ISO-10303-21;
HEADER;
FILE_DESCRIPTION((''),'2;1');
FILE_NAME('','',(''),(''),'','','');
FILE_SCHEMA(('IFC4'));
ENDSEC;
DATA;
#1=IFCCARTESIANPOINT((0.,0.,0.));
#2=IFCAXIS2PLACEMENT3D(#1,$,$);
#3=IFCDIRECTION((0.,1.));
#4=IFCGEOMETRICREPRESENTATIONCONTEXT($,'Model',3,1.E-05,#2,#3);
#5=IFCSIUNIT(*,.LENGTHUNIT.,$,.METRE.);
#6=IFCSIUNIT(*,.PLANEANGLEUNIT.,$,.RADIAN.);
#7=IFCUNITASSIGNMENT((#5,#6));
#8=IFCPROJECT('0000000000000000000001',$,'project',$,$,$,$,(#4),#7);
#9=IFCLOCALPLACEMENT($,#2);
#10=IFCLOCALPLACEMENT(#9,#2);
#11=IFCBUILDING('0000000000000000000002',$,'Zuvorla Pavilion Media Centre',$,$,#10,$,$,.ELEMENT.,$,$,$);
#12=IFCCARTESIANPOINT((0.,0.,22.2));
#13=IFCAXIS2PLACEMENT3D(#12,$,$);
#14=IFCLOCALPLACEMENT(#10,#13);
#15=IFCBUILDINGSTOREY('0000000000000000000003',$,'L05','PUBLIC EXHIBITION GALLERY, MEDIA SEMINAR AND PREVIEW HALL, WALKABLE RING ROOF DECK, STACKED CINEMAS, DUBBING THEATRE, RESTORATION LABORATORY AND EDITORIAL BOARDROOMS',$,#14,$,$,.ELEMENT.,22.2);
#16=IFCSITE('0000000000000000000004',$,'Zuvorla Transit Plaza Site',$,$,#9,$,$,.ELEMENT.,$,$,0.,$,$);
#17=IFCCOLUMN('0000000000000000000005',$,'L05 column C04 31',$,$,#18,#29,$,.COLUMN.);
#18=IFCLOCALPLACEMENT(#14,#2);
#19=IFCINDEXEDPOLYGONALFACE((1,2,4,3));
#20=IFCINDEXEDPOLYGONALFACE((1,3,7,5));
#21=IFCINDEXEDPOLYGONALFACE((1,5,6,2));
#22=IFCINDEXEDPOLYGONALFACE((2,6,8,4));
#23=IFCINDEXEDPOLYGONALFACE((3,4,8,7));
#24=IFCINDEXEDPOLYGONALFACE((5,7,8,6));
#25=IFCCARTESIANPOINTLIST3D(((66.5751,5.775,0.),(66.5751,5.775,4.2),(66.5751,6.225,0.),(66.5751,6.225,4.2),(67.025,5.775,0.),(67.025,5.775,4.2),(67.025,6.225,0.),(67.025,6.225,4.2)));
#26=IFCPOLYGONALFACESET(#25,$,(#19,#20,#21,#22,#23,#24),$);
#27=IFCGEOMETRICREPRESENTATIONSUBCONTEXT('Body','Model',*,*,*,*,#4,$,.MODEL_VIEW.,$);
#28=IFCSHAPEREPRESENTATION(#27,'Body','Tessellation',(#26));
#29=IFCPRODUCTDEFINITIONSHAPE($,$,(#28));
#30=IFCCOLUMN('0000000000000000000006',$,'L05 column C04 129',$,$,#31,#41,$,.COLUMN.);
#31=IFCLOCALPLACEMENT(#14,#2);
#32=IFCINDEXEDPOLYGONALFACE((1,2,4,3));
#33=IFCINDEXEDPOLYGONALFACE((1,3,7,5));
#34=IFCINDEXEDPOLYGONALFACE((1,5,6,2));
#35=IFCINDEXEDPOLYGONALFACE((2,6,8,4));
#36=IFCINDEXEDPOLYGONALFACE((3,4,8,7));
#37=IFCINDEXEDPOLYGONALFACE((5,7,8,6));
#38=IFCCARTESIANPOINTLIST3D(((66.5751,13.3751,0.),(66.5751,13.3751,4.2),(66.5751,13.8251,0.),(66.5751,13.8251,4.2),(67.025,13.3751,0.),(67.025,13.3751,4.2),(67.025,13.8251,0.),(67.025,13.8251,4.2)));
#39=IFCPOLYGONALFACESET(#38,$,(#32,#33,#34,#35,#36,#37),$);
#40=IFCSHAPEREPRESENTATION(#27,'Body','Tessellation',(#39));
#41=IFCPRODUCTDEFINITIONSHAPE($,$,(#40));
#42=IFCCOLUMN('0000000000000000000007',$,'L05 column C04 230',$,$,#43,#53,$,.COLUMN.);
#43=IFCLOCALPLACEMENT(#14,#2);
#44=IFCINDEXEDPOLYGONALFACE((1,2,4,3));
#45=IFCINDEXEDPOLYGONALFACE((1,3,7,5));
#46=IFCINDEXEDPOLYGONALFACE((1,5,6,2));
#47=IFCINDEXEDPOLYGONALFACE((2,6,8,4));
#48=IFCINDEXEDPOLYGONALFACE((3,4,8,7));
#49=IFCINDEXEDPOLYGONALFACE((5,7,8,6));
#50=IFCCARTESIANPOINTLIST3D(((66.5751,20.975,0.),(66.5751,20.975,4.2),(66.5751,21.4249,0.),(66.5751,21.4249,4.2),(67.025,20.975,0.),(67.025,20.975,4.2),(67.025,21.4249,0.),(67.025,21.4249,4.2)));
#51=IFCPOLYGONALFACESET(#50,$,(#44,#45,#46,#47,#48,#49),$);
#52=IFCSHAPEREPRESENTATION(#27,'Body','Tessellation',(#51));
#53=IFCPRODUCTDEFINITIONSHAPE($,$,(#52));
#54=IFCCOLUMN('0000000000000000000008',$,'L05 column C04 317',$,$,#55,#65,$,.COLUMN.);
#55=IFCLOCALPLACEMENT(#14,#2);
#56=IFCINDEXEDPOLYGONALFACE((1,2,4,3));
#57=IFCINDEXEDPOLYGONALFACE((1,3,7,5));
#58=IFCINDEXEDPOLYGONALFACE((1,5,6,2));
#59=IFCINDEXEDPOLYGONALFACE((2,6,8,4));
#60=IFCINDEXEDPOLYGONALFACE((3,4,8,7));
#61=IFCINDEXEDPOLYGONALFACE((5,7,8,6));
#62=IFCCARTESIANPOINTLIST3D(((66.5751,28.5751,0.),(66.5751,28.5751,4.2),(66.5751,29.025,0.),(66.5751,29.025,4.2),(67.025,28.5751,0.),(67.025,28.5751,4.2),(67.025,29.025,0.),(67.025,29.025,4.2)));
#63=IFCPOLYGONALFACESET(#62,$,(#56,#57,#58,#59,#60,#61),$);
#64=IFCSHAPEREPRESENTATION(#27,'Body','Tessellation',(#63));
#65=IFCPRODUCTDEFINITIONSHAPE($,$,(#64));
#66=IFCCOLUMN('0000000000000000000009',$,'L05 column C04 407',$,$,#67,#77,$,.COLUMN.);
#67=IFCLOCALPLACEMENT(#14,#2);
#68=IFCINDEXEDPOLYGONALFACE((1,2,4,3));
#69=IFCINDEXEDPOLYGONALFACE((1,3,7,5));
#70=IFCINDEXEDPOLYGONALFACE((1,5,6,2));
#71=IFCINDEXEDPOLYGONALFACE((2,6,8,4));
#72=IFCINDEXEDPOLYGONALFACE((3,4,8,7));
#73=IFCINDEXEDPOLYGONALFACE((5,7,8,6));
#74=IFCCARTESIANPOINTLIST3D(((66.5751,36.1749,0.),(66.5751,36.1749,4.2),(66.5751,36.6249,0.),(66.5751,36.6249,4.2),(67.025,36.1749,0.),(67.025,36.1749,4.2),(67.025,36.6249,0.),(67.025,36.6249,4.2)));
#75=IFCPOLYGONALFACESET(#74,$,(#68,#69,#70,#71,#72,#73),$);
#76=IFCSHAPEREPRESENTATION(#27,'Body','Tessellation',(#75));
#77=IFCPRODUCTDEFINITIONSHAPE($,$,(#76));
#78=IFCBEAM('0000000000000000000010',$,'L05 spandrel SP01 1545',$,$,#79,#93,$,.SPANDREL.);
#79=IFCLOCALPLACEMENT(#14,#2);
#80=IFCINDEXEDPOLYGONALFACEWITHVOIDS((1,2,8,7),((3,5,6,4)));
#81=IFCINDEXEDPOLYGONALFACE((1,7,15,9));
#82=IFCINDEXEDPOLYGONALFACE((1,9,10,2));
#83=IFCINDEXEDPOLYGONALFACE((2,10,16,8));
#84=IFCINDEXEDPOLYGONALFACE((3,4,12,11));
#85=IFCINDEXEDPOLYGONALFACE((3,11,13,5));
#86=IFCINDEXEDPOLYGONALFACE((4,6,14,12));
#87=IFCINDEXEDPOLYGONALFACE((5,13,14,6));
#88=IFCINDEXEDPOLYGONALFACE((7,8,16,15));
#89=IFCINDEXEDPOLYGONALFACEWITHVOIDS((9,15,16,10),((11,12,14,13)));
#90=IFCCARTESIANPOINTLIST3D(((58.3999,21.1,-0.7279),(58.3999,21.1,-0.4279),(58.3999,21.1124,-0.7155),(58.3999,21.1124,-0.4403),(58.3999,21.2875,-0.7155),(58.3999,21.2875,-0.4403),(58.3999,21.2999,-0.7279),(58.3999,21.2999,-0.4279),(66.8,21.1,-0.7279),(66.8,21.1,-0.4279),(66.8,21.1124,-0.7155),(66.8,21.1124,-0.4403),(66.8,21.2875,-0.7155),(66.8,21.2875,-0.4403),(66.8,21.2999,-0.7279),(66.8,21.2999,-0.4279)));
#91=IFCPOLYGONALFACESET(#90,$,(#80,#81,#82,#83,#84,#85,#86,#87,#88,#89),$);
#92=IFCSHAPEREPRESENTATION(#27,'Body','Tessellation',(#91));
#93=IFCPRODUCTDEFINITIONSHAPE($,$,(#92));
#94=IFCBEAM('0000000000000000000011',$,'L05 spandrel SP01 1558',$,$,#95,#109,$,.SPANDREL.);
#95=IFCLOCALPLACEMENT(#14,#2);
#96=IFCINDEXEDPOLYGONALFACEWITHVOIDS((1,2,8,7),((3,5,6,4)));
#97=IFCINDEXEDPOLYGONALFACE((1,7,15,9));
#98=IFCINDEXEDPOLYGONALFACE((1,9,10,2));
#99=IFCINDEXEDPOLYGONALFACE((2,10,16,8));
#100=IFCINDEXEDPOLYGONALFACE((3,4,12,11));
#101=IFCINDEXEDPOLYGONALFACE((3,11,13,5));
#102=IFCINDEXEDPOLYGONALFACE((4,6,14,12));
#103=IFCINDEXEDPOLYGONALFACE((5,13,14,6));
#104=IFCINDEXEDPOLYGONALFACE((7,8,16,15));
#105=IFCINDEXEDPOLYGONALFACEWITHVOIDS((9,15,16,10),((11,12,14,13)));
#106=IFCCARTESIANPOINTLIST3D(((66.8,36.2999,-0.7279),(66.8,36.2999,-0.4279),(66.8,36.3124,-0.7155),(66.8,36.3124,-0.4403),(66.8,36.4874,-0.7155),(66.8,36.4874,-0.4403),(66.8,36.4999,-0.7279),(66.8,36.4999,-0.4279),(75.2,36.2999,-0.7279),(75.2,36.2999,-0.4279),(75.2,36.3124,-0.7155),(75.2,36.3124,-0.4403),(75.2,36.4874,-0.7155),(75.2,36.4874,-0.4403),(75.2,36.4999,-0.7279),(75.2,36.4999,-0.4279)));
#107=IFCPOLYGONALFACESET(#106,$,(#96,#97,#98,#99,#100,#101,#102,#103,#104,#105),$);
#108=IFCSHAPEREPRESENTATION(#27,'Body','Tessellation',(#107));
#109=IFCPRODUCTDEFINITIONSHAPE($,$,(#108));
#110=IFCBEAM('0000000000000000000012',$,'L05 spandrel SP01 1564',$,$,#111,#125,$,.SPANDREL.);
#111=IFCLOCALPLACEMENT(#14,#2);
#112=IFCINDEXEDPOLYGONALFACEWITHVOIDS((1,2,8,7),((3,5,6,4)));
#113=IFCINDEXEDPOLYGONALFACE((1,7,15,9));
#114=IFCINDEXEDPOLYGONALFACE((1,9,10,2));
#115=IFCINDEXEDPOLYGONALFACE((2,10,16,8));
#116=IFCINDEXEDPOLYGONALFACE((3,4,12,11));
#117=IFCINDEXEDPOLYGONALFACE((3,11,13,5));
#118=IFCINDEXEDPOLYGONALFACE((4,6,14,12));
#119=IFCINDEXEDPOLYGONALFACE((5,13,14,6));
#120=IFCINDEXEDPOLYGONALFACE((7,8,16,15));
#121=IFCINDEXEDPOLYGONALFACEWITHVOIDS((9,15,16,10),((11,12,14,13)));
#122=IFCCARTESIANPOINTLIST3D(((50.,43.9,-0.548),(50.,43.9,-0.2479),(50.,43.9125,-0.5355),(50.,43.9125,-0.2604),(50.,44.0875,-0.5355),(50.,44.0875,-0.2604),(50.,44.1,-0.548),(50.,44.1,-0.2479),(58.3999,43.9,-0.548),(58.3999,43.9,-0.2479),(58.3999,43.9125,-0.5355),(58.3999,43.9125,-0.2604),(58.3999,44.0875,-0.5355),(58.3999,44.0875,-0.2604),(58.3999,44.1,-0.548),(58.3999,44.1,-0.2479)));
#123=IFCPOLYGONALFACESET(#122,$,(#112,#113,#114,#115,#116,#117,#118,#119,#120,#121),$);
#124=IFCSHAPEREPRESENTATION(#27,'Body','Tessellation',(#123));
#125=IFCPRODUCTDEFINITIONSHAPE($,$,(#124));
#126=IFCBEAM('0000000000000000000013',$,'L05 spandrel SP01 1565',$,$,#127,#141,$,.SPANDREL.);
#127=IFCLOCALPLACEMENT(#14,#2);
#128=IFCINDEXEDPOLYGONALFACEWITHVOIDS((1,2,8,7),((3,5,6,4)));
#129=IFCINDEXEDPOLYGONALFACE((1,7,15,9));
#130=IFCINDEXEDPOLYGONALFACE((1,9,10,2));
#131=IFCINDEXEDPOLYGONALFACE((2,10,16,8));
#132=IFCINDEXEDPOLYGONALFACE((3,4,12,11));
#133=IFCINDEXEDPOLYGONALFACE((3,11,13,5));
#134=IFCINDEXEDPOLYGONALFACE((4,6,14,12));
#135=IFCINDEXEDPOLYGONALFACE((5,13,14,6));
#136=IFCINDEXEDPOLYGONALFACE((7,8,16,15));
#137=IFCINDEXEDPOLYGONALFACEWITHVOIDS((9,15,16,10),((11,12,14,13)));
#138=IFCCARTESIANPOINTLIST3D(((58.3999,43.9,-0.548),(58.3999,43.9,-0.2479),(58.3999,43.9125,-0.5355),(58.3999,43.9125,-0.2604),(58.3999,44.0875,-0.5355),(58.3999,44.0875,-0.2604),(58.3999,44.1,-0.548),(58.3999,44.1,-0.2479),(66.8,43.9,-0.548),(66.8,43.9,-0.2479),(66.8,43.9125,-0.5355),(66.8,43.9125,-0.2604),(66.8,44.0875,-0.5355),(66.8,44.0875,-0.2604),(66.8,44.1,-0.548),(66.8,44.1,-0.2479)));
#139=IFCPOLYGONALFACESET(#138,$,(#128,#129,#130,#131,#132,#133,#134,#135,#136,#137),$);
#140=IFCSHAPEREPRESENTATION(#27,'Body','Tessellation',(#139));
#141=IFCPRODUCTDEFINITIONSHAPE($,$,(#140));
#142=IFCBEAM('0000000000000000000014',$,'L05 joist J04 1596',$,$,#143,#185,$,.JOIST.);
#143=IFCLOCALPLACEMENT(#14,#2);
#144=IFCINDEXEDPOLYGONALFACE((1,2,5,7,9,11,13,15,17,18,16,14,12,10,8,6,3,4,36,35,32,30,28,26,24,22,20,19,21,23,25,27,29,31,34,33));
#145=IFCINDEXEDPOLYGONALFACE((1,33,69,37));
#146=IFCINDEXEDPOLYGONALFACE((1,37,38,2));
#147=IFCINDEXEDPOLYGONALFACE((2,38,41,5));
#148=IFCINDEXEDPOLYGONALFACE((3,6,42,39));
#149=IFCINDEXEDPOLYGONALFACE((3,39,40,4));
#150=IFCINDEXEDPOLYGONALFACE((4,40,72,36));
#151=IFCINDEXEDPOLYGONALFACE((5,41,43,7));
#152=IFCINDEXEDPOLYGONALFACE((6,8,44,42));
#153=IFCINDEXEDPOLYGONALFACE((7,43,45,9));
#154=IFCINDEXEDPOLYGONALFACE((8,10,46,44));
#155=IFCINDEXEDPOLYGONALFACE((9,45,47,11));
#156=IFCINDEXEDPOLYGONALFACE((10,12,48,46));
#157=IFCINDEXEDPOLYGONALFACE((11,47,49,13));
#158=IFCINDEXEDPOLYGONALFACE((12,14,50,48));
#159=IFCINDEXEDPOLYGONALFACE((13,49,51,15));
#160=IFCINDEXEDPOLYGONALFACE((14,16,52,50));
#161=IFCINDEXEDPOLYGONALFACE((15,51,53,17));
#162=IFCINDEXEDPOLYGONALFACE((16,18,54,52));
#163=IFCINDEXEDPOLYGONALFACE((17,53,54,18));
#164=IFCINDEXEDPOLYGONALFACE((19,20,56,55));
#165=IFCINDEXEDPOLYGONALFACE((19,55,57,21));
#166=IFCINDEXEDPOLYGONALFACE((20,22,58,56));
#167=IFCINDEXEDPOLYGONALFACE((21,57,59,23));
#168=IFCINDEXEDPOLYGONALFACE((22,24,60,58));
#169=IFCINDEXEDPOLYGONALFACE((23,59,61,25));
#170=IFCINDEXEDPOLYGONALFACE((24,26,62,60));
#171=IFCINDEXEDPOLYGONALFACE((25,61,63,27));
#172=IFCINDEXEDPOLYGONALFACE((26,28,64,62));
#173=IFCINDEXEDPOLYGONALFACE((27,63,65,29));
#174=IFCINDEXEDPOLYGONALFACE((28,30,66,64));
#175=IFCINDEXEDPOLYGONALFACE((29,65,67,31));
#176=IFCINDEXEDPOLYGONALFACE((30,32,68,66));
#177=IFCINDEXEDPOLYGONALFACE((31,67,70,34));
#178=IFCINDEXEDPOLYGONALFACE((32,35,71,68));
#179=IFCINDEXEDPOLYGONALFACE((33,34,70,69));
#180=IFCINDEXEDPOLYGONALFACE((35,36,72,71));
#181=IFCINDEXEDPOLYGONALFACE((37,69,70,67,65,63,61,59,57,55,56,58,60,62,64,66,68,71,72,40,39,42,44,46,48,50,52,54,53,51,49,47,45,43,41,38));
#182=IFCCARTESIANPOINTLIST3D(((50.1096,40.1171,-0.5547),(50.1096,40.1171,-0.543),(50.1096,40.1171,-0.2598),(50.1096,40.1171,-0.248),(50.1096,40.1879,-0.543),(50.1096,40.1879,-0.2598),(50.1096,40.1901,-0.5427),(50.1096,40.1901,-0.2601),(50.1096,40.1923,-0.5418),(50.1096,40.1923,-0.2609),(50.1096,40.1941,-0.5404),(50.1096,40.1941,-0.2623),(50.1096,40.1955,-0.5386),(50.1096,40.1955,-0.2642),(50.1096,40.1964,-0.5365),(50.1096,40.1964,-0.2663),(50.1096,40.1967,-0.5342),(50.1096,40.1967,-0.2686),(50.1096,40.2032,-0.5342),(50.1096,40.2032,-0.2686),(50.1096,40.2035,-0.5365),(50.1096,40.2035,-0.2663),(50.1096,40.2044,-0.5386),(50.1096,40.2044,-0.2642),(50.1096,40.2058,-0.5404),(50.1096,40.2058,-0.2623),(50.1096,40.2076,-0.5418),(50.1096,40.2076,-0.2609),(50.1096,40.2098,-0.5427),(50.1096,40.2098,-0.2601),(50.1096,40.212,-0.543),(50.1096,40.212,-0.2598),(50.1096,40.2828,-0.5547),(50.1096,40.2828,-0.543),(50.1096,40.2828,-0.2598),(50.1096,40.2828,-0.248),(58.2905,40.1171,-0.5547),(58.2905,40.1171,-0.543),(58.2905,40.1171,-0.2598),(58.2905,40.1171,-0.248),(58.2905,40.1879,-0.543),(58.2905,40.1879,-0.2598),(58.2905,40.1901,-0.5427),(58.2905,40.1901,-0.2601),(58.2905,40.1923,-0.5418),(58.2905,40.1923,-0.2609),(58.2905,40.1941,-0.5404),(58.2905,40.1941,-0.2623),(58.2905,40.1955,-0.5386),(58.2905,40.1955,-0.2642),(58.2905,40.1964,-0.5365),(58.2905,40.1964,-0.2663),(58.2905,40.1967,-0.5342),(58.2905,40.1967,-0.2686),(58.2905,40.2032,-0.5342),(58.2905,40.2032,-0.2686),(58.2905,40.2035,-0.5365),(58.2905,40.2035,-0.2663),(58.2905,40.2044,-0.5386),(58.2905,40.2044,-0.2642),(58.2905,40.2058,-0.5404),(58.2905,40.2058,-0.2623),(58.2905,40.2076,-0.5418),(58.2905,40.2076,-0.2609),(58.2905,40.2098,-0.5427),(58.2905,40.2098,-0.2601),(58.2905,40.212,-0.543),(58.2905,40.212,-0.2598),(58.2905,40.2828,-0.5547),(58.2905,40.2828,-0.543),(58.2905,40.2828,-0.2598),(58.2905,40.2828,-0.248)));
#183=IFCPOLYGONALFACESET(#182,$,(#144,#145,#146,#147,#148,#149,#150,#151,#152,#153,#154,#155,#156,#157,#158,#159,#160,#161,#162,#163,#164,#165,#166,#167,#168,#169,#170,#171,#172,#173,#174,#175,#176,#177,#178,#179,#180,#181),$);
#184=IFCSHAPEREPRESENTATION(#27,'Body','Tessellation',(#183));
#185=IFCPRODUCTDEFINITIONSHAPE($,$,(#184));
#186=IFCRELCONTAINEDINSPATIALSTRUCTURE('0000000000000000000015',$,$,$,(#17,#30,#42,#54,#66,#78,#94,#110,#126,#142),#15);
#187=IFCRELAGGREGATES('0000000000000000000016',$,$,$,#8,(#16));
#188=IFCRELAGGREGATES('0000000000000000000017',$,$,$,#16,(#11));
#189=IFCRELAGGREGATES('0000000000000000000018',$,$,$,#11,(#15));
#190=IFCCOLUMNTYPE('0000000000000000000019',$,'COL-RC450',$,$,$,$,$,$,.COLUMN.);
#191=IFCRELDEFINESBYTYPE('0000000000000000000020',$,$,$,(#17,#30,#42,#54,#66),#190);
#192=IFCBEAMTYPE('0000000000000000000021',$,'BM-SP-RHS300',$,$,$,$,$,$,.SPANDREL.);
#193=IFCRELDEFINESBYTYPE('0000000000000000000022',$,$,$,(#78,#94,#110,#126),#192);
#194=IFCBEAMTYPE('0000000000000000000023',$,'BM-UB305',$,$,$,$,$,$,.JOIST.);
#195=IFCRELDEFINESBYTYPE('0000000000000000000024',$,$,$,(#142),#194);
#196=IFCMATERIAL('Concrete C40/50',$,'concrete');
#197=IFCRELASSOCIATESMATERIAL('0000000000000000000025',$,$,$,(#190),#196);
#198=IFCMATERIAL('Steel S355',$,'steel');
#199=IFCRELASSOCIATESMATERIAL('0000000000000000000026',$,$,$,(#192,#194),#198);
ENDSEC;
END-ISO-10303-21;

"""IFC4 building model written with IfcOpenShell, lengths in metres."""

from ifc_helpers import new_model, si_unit, direction, frame, origin, origin_2d, place, context, subcontext, project, spatial, rectangle, hollow_rectangle, i_section, extrude, material, material_profile, profile_set, type_object, element, save


model = new_model("IFC4")

# Units and contexts
model_context = context("Model", 3, precision=1e-05, world=origin(), true_north=direction((0.0, 1.0)))
body_context = subcontext(model_context, "Body", "Model", "MODEL_VIEW")
ifc_project = project(units=[si_unit("LENGTHUNIT", "METRE"), si_unit("PLANEANGLEUNIT", "RADIAN")], contexts=[model_context])

# Site, building, storey
site_placement = place(None, origin())
site = spatial("IfcSite", under=ifc_project, at=site_placement, Name="Zuvorla Transit Plaza Site", CompositionType="ELEMENT", RefElevation=0.0)
building_placement = place(site_placement, origin())
building = spatial("IfcBuilding", under=site, at=building_placement, Name="Zuvorla Pavilion Media Centre", CompositionType="ELEMENT")
storey_placement = place(building_placement, frame((0.0, 0.0, 22.2)))
storey = spatial("IfcBuildingStorey", under=building, at=storey_placement, Name="L05", Description="PUBLIC EXHIBITION GALLERY, MEDIA SEMINAR AND PREVIEW HALL, WALKABLE RING ROOF DECK, STACKED CINEMAS, DUBBING THEATRE, RESTORATION LABORATORY AND EDITORIAL BOARDROOMS", CompositionType="ELEMENT", Elevation=22.2)

# Columns
ifc_material_1 = material(Name="Concrete C40/50", Category="concrete")
ifc_material_profile_1 = material_profile(ifc_material_1, rectangle(XDim=0.45, YDim=0.45, at=origin_2d()), Name="RC 450x450")
ifc_profile_set_1 = profile_set([ifc_material_profile_1], Name="Concrete C40/50")
column_type = type_object("IfcColumnType", Name="COL-RC450", PredefinedType="COLUMN", material=ifc_profile_set_1)
for number, where, z_axis, x_axis, name in (
    (1, (66.8, 6.0, 0.0), (0.0, 0.0, 1.0), (1.0, 0.0, 0.0), "L05 column C04 31"),
    (2, (66.8, 13.6001, 0.0), (0.0, 0.0, 1.0), (1.0, 0.0, 0.0), "L05 column C04 129"),
    (3, (66.8, 21.2, 0.0), (0.0, 0.0, 1.0), (1.0, 0.0, 0.0), "L05 column C04 230"),
    (4, (66.8, 28.8, 0.0), (0.0, 0.0, 1.0), (1.0, 0.0, 0.0), "L05 column C04 317"),
    (5, (66.8, 36.3999, 0.0), (0.0, 0.0, 1.0), (1.0, 0.0, 0.0), "L05 column C04 407"),
):
    element("IfcColumn", number, at=place(storey_placement, frame(where, z_axis=z_axis, x_axis=x_axis)), inside=storey, type_object=column_type, Name=name, PredefinedType="COLUMN", context=body_context, shape_type="SweptSolid", body=[
        extrude(rectangle(XDim=0.45, YDim=0.45, at=origin_2d()), origin(), (0.0, 0.0, 1.0), 4.2),
    ])

# Beams
ifc_material_2 = material(Name="Steel S355", Category="steel")
ifc_material_profile_2 = material_profile(ifc_material_2, hollow_rectangle(XDim=0.2, YDim=0.3, WallThickness=0.0125, at=origin_2d()), Name="RHS 300x200x12.5")
ifc_profile_set_2 = profile_set([ifc_material_profile_2], Name="Steel S355")
beam_type_1 = type_object("IfcBeamType", Name="BM-SP-RHS300", PredefinedType="SPANDREL", material=ifc_profile_set_2)
beam_1_placement = place(storey_placement, frame((58.3999, 21.2, -0.5779), z_axis=(1.0, 0.0, 0.0), x_axis=(0.0, 1.0, 0.0)))
element("IfcBeam", 6, at=beam_1_placement, inside=storey, type_object=beam_type_1, Name="L05 spandrel SP01 1545", PredefinedType="SPANDREL", context=body_context, shape_type="SweptSolid", body=[
    extrude(hollow_rectangle(XDim=0.2, YDim=0.3, WallThickness=0.0125, at=origin_2d()), origin(), (0.0, 0.0, 1.0), 8.4001),
])
for number, where, z_axis, x_axis, name in (
    (7, (66.8, 36.3999, -0.5779), (1.0, 0.0, 0.0), (0.0, 1.0, 0.0), "L05 spandrel SP01 1558"),
    (8, (50.0, 44.0, -0.3979), (1.0, 0.0, 0.0), (0.0, 1.0, 0.0), "L05 spandrel SP01 1564"),
):
    element("IfcBeam", number, at=place(storey_placement, frame(where, z_axis=z_axis, x_axis=x_axis)), inside=storey, type_object=beam_type_1, Name=name, PredefinedType="SPANDREL", context=body_context, shape_type="SweptSolid", body=[
        extrude(hollow_rectangle(XDim=0.2, YDim=0.3, WallThickness=0.0125, at=origin_2d()), origin(), (0.0, 0.0, 1.0), 8.3999),
    ])
beam_2_placement = place(storey_placement, frame((58.3999, 44.0, -0.3979), z_axis=(1.0, 0.0, 0.0), x_axis=(0.0, 1.0, 0.0)))
element("IfcBeam", 9, at=beam_2_placement, inside=storey, type_object=beam_type_1, Name="L05 spandrel SP01 1565", PredefinedType="SPANDREL", context=body_context, shape_type="SweptSolid", body=[
    extrude(hollow_rectangle(XDim=0.2, YDim=0.3, WallThickness=0.0125, at=origin_2d()), origin(), (0.0, 0.0, 1.0), 8.4001),
])
ifc_material_profile_3 = material_profile(ifc_material_2, i_section(OverallWidth=0.1658, OverallDepth=0.3066, WebThickness=0.0066, FlangeThickness=0.0117, FilletRadius=0.0088, at=origin_2d()), Name="UB 305x165x46")
ifc_profile_set_3 = profile_set([ifc_material_profile_3], Name="Steel S355")
beam_type_2 = type_object("IfcBeamType", Name="BM-UB305", PredefinedType="JOIST", material=ifc_profile_set_3)
for number, where, z_axis, x_axis, name in (
    (10, (50.1096, 40.2, -0.4014), (1.0, 0.0, 0.0), (0.0, 1.0, 0.0), "L05 joist J04 1596"),
):
    element("IfcBeam", number, at=place(storey_placement, frame(where, z_axis=z_axis, x_axis=x_axis)), inside=storey, type_object=beam_type_2, Name=name, PredefinedType="JOIST", context=body_context, shape_type="SweptSolid", body=[
        extrude(i_section(OverallWidth=0.1658, OverallDepth=0.3066, WebThickness=0.0066, FlangeThickness=0.0117, FilletRadius=0.0088, at=origin_2d()), origin(), (0.0, 0.0, 1.0), 8.1809),
    ])

save(model, "model.ifc")
